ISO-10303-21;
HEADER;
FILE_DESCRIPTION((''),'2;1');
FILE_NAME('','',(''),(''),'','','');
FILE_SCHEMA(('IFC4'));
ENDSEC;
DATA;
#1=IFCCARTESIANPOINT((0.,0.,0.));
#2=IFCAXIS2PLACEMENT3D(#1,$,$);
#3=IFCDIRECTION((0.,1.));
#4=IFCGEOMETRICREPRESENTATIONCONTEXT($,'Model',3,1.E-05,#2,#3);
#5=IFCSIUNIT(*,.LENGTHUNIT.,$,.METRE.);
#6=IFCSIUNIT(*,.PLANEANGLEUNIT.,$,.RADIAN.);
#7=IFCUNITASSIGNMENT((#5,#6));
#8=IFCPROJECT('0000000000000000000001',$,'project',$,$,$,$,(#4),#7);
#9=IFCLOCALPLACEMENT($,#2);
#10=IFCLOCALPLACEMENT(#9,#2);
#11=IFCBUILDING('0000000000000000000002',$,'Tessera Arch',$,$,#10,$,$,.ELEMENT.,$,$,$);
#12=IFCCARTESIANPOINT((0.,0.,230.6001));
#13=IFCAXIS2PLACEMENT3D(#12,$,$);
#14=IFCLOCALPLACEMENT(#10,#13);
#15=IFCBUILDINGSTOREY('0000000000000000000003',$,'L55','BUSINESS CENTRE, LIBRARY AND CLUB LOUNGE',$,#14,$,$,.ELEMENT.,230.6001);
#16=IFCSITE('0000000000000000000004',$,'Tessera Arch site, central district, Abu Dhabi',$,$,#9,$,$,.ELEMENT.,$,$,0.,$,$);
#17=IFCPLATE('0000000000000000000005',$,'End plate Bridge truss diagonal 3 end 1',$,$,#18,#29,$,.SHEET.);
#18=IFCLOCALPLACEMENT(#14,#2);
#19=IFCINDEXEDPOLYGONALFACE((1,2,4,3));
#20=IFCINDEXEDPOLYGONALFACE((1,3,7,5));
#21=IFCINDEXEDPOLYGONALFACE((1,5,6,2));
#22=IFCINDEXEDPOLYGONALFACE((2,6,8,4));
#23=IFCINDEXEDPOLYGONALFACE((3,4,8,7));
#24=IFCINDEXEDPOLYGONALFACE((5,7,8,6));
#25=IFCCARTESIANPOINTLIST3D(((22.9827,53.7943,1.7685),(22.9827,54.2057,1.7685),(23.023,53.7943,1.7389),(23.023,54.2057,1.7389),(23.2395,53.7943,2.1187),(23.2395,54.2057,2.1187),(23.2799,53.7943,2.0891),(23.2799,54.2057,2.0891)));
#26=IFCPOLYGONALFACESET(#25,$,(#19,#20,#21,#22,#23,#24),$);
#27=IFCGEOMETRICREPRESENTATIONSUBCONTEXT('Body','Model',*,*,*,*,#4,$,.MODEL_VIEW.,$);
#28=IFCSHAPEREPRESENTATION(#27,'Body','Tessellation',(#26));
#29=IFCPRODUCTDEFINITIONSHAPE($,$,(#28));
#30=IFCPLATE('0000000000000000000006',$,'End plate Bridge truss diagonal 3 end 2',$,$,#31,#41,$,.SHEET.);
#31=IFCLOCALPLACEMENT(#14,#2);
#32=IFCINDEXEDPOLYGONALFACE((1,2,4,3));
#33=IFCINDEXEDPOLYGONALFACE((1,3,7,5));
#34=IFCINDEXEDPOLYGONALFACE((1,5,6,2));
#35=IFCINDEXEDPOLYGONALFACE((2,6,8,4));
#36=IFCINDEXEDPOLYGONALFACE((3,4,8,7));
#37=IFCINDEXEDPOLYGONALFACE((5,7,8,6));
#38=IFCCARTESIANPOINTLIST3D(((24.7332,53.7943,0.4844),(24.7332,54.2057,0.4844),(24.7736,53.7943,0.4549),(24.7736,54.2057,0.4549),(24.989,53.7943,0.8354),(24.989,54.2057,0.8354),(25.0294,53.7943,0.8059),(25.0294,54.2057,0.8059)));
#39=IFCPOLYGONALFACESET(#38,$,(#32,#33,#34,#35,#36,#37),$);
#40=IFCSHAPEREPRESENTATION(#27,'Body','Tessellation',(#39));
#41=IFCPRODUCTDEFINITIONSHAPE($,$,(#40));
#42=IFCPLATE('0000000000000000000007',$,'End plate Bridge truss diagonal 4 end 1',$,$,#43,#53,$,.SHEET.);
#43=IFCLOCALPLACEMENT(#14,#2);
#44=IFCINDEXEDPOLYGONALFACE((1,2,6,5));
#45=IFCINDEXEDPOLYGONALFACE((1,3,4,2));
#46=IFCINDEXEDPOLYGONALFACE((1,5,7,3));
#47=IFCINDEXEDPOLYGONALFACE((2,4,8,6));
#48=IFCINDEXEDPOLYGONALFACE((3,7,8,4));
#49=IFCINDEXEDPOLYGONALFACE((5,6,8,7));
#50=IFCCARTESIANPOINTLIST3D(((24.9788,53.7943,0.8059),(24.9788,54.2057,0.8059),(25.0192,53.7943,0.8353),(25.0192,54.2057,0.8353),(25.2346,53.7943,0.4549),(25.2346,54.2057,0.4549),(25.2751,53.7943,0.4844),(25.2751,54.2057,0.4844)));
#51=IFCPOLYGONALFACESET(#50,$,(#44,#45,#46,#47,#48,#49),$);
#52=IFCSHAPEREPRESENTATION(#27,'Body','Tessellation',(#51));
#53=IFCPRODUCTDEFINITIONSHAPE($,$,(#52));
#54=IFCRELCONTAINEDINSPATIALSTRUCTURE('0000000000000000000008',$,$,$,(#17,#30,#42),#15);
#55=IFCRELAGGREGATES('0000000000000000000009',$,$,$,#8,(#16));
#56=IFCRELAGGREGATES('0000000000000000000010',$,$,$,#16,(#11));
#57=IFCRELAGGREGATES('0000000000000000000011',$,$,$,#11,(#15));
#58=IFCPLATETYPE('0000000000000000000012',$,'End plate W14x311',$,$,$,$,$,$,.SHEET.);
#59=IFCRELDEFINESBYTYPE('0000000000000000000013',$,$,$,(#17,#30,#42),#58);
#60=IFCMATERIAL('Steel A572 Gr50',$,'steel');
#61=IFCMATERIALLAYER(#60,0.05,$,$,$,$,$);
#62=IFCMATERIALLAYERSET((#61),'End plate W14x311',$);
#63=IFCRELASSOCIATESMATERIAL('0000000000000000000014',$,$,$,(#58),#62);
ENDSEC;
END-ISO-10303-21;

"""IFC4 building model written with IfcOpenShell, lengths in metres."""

from ifc_helpers import new_model, si_unit, direction, frame, origin, origin_2d, place, context, subcontext, project, spatial, rectangle, extrude, material, layer, layer_set, type_object, element, save


model = new_model("IFC4")

# Units and contexts
model_context = context("Model", 3, precision=1e-05, world=origin(), true_north=direction((0.0, 1.0)))
body_context = subcontext(model_context, "Body", "Model", "MODEL_VIEW")
ifc_project = project(units=[si_unit("LENGTHUNIT", "METRE"), si_unit("PLANEANGLEUNIT", "RADIAN")], contexts=[model_context])

# Site, building, storey
site_placement = place(None, origin())
site = spatial("IfcSite", under=ifc_project, at=site_placement, Name="Tessera Arch site, central district, Abu Dhabi", CompositionType="ELEMENT", RefElevation=0.0)
building_placement = place(site_placement, origin())
building = spatial("IfcBuilding", under=site, at=building_placement, Name="Tessera Arch", CompositionType="ELEMENT")
storey_placement = place(building_placement, frame((0.0, 0.0, 230.6001)))
storey = spatial("IfcBuildingStorey", under=building, at=storey_placement, Name="L55", Description="BUSINESS CENTRE, LIBRARY AND CLUB LOUNGE", CompositionType="ELEMENT", Elevation=230.6001)

# Plates
ifc_material_1 = material(Name="Steel A572 Gr50", Category="steel")
ifc_layer_1 = layer(ifc_material_1, 0.05)
ifc_layer_set_1 = layer_set([ifc_layer_1], Name="End plate W14x311")
plate_type_1 = type_object("IfcPlateType", Name="End plate W14x311", PredefinedType="SHEET", material=ifc_layer_set_1)
for number, where, z_axis, x_axis, name in (
    (1, (23.1111, 54.0, 1.9436), (0.806405, 0.0, -0.591364), (0.0, 1.0, 0.0), "End plate Bridge truss diagonal 3 end 1"),
    (2, (24.8611, 54.0, 0.6599), (0.808104, 0.0, -0.58904), (0.0, 1.0, 0.0), "End plate Bridge truss diagonal 3 end 2"),
    (3, (25.1067, 54.0, 0.6304), (0.808104, 0.0, 0.58904), (0.0, 1.0, 0.0), "End plate Bridge truss diagonal 4 end 1"),
):
    element("IfcPlate", number, at=place(storey_placement, frame(where, z_axis=z_axis, x_axis=x_axis)), inside=storey, type_object=plate_type_1, Name=name, PredefinedType="SHEET", context=body_context, shape_type="SweptSolid", body=[
        extrude(rectangle(XDim=0.4114, YDim=0.4343, at=origin_2d()), origin(), (0.0, 0.0, 1.0), 0.05),
    ])

save(model, "model.ifc")
